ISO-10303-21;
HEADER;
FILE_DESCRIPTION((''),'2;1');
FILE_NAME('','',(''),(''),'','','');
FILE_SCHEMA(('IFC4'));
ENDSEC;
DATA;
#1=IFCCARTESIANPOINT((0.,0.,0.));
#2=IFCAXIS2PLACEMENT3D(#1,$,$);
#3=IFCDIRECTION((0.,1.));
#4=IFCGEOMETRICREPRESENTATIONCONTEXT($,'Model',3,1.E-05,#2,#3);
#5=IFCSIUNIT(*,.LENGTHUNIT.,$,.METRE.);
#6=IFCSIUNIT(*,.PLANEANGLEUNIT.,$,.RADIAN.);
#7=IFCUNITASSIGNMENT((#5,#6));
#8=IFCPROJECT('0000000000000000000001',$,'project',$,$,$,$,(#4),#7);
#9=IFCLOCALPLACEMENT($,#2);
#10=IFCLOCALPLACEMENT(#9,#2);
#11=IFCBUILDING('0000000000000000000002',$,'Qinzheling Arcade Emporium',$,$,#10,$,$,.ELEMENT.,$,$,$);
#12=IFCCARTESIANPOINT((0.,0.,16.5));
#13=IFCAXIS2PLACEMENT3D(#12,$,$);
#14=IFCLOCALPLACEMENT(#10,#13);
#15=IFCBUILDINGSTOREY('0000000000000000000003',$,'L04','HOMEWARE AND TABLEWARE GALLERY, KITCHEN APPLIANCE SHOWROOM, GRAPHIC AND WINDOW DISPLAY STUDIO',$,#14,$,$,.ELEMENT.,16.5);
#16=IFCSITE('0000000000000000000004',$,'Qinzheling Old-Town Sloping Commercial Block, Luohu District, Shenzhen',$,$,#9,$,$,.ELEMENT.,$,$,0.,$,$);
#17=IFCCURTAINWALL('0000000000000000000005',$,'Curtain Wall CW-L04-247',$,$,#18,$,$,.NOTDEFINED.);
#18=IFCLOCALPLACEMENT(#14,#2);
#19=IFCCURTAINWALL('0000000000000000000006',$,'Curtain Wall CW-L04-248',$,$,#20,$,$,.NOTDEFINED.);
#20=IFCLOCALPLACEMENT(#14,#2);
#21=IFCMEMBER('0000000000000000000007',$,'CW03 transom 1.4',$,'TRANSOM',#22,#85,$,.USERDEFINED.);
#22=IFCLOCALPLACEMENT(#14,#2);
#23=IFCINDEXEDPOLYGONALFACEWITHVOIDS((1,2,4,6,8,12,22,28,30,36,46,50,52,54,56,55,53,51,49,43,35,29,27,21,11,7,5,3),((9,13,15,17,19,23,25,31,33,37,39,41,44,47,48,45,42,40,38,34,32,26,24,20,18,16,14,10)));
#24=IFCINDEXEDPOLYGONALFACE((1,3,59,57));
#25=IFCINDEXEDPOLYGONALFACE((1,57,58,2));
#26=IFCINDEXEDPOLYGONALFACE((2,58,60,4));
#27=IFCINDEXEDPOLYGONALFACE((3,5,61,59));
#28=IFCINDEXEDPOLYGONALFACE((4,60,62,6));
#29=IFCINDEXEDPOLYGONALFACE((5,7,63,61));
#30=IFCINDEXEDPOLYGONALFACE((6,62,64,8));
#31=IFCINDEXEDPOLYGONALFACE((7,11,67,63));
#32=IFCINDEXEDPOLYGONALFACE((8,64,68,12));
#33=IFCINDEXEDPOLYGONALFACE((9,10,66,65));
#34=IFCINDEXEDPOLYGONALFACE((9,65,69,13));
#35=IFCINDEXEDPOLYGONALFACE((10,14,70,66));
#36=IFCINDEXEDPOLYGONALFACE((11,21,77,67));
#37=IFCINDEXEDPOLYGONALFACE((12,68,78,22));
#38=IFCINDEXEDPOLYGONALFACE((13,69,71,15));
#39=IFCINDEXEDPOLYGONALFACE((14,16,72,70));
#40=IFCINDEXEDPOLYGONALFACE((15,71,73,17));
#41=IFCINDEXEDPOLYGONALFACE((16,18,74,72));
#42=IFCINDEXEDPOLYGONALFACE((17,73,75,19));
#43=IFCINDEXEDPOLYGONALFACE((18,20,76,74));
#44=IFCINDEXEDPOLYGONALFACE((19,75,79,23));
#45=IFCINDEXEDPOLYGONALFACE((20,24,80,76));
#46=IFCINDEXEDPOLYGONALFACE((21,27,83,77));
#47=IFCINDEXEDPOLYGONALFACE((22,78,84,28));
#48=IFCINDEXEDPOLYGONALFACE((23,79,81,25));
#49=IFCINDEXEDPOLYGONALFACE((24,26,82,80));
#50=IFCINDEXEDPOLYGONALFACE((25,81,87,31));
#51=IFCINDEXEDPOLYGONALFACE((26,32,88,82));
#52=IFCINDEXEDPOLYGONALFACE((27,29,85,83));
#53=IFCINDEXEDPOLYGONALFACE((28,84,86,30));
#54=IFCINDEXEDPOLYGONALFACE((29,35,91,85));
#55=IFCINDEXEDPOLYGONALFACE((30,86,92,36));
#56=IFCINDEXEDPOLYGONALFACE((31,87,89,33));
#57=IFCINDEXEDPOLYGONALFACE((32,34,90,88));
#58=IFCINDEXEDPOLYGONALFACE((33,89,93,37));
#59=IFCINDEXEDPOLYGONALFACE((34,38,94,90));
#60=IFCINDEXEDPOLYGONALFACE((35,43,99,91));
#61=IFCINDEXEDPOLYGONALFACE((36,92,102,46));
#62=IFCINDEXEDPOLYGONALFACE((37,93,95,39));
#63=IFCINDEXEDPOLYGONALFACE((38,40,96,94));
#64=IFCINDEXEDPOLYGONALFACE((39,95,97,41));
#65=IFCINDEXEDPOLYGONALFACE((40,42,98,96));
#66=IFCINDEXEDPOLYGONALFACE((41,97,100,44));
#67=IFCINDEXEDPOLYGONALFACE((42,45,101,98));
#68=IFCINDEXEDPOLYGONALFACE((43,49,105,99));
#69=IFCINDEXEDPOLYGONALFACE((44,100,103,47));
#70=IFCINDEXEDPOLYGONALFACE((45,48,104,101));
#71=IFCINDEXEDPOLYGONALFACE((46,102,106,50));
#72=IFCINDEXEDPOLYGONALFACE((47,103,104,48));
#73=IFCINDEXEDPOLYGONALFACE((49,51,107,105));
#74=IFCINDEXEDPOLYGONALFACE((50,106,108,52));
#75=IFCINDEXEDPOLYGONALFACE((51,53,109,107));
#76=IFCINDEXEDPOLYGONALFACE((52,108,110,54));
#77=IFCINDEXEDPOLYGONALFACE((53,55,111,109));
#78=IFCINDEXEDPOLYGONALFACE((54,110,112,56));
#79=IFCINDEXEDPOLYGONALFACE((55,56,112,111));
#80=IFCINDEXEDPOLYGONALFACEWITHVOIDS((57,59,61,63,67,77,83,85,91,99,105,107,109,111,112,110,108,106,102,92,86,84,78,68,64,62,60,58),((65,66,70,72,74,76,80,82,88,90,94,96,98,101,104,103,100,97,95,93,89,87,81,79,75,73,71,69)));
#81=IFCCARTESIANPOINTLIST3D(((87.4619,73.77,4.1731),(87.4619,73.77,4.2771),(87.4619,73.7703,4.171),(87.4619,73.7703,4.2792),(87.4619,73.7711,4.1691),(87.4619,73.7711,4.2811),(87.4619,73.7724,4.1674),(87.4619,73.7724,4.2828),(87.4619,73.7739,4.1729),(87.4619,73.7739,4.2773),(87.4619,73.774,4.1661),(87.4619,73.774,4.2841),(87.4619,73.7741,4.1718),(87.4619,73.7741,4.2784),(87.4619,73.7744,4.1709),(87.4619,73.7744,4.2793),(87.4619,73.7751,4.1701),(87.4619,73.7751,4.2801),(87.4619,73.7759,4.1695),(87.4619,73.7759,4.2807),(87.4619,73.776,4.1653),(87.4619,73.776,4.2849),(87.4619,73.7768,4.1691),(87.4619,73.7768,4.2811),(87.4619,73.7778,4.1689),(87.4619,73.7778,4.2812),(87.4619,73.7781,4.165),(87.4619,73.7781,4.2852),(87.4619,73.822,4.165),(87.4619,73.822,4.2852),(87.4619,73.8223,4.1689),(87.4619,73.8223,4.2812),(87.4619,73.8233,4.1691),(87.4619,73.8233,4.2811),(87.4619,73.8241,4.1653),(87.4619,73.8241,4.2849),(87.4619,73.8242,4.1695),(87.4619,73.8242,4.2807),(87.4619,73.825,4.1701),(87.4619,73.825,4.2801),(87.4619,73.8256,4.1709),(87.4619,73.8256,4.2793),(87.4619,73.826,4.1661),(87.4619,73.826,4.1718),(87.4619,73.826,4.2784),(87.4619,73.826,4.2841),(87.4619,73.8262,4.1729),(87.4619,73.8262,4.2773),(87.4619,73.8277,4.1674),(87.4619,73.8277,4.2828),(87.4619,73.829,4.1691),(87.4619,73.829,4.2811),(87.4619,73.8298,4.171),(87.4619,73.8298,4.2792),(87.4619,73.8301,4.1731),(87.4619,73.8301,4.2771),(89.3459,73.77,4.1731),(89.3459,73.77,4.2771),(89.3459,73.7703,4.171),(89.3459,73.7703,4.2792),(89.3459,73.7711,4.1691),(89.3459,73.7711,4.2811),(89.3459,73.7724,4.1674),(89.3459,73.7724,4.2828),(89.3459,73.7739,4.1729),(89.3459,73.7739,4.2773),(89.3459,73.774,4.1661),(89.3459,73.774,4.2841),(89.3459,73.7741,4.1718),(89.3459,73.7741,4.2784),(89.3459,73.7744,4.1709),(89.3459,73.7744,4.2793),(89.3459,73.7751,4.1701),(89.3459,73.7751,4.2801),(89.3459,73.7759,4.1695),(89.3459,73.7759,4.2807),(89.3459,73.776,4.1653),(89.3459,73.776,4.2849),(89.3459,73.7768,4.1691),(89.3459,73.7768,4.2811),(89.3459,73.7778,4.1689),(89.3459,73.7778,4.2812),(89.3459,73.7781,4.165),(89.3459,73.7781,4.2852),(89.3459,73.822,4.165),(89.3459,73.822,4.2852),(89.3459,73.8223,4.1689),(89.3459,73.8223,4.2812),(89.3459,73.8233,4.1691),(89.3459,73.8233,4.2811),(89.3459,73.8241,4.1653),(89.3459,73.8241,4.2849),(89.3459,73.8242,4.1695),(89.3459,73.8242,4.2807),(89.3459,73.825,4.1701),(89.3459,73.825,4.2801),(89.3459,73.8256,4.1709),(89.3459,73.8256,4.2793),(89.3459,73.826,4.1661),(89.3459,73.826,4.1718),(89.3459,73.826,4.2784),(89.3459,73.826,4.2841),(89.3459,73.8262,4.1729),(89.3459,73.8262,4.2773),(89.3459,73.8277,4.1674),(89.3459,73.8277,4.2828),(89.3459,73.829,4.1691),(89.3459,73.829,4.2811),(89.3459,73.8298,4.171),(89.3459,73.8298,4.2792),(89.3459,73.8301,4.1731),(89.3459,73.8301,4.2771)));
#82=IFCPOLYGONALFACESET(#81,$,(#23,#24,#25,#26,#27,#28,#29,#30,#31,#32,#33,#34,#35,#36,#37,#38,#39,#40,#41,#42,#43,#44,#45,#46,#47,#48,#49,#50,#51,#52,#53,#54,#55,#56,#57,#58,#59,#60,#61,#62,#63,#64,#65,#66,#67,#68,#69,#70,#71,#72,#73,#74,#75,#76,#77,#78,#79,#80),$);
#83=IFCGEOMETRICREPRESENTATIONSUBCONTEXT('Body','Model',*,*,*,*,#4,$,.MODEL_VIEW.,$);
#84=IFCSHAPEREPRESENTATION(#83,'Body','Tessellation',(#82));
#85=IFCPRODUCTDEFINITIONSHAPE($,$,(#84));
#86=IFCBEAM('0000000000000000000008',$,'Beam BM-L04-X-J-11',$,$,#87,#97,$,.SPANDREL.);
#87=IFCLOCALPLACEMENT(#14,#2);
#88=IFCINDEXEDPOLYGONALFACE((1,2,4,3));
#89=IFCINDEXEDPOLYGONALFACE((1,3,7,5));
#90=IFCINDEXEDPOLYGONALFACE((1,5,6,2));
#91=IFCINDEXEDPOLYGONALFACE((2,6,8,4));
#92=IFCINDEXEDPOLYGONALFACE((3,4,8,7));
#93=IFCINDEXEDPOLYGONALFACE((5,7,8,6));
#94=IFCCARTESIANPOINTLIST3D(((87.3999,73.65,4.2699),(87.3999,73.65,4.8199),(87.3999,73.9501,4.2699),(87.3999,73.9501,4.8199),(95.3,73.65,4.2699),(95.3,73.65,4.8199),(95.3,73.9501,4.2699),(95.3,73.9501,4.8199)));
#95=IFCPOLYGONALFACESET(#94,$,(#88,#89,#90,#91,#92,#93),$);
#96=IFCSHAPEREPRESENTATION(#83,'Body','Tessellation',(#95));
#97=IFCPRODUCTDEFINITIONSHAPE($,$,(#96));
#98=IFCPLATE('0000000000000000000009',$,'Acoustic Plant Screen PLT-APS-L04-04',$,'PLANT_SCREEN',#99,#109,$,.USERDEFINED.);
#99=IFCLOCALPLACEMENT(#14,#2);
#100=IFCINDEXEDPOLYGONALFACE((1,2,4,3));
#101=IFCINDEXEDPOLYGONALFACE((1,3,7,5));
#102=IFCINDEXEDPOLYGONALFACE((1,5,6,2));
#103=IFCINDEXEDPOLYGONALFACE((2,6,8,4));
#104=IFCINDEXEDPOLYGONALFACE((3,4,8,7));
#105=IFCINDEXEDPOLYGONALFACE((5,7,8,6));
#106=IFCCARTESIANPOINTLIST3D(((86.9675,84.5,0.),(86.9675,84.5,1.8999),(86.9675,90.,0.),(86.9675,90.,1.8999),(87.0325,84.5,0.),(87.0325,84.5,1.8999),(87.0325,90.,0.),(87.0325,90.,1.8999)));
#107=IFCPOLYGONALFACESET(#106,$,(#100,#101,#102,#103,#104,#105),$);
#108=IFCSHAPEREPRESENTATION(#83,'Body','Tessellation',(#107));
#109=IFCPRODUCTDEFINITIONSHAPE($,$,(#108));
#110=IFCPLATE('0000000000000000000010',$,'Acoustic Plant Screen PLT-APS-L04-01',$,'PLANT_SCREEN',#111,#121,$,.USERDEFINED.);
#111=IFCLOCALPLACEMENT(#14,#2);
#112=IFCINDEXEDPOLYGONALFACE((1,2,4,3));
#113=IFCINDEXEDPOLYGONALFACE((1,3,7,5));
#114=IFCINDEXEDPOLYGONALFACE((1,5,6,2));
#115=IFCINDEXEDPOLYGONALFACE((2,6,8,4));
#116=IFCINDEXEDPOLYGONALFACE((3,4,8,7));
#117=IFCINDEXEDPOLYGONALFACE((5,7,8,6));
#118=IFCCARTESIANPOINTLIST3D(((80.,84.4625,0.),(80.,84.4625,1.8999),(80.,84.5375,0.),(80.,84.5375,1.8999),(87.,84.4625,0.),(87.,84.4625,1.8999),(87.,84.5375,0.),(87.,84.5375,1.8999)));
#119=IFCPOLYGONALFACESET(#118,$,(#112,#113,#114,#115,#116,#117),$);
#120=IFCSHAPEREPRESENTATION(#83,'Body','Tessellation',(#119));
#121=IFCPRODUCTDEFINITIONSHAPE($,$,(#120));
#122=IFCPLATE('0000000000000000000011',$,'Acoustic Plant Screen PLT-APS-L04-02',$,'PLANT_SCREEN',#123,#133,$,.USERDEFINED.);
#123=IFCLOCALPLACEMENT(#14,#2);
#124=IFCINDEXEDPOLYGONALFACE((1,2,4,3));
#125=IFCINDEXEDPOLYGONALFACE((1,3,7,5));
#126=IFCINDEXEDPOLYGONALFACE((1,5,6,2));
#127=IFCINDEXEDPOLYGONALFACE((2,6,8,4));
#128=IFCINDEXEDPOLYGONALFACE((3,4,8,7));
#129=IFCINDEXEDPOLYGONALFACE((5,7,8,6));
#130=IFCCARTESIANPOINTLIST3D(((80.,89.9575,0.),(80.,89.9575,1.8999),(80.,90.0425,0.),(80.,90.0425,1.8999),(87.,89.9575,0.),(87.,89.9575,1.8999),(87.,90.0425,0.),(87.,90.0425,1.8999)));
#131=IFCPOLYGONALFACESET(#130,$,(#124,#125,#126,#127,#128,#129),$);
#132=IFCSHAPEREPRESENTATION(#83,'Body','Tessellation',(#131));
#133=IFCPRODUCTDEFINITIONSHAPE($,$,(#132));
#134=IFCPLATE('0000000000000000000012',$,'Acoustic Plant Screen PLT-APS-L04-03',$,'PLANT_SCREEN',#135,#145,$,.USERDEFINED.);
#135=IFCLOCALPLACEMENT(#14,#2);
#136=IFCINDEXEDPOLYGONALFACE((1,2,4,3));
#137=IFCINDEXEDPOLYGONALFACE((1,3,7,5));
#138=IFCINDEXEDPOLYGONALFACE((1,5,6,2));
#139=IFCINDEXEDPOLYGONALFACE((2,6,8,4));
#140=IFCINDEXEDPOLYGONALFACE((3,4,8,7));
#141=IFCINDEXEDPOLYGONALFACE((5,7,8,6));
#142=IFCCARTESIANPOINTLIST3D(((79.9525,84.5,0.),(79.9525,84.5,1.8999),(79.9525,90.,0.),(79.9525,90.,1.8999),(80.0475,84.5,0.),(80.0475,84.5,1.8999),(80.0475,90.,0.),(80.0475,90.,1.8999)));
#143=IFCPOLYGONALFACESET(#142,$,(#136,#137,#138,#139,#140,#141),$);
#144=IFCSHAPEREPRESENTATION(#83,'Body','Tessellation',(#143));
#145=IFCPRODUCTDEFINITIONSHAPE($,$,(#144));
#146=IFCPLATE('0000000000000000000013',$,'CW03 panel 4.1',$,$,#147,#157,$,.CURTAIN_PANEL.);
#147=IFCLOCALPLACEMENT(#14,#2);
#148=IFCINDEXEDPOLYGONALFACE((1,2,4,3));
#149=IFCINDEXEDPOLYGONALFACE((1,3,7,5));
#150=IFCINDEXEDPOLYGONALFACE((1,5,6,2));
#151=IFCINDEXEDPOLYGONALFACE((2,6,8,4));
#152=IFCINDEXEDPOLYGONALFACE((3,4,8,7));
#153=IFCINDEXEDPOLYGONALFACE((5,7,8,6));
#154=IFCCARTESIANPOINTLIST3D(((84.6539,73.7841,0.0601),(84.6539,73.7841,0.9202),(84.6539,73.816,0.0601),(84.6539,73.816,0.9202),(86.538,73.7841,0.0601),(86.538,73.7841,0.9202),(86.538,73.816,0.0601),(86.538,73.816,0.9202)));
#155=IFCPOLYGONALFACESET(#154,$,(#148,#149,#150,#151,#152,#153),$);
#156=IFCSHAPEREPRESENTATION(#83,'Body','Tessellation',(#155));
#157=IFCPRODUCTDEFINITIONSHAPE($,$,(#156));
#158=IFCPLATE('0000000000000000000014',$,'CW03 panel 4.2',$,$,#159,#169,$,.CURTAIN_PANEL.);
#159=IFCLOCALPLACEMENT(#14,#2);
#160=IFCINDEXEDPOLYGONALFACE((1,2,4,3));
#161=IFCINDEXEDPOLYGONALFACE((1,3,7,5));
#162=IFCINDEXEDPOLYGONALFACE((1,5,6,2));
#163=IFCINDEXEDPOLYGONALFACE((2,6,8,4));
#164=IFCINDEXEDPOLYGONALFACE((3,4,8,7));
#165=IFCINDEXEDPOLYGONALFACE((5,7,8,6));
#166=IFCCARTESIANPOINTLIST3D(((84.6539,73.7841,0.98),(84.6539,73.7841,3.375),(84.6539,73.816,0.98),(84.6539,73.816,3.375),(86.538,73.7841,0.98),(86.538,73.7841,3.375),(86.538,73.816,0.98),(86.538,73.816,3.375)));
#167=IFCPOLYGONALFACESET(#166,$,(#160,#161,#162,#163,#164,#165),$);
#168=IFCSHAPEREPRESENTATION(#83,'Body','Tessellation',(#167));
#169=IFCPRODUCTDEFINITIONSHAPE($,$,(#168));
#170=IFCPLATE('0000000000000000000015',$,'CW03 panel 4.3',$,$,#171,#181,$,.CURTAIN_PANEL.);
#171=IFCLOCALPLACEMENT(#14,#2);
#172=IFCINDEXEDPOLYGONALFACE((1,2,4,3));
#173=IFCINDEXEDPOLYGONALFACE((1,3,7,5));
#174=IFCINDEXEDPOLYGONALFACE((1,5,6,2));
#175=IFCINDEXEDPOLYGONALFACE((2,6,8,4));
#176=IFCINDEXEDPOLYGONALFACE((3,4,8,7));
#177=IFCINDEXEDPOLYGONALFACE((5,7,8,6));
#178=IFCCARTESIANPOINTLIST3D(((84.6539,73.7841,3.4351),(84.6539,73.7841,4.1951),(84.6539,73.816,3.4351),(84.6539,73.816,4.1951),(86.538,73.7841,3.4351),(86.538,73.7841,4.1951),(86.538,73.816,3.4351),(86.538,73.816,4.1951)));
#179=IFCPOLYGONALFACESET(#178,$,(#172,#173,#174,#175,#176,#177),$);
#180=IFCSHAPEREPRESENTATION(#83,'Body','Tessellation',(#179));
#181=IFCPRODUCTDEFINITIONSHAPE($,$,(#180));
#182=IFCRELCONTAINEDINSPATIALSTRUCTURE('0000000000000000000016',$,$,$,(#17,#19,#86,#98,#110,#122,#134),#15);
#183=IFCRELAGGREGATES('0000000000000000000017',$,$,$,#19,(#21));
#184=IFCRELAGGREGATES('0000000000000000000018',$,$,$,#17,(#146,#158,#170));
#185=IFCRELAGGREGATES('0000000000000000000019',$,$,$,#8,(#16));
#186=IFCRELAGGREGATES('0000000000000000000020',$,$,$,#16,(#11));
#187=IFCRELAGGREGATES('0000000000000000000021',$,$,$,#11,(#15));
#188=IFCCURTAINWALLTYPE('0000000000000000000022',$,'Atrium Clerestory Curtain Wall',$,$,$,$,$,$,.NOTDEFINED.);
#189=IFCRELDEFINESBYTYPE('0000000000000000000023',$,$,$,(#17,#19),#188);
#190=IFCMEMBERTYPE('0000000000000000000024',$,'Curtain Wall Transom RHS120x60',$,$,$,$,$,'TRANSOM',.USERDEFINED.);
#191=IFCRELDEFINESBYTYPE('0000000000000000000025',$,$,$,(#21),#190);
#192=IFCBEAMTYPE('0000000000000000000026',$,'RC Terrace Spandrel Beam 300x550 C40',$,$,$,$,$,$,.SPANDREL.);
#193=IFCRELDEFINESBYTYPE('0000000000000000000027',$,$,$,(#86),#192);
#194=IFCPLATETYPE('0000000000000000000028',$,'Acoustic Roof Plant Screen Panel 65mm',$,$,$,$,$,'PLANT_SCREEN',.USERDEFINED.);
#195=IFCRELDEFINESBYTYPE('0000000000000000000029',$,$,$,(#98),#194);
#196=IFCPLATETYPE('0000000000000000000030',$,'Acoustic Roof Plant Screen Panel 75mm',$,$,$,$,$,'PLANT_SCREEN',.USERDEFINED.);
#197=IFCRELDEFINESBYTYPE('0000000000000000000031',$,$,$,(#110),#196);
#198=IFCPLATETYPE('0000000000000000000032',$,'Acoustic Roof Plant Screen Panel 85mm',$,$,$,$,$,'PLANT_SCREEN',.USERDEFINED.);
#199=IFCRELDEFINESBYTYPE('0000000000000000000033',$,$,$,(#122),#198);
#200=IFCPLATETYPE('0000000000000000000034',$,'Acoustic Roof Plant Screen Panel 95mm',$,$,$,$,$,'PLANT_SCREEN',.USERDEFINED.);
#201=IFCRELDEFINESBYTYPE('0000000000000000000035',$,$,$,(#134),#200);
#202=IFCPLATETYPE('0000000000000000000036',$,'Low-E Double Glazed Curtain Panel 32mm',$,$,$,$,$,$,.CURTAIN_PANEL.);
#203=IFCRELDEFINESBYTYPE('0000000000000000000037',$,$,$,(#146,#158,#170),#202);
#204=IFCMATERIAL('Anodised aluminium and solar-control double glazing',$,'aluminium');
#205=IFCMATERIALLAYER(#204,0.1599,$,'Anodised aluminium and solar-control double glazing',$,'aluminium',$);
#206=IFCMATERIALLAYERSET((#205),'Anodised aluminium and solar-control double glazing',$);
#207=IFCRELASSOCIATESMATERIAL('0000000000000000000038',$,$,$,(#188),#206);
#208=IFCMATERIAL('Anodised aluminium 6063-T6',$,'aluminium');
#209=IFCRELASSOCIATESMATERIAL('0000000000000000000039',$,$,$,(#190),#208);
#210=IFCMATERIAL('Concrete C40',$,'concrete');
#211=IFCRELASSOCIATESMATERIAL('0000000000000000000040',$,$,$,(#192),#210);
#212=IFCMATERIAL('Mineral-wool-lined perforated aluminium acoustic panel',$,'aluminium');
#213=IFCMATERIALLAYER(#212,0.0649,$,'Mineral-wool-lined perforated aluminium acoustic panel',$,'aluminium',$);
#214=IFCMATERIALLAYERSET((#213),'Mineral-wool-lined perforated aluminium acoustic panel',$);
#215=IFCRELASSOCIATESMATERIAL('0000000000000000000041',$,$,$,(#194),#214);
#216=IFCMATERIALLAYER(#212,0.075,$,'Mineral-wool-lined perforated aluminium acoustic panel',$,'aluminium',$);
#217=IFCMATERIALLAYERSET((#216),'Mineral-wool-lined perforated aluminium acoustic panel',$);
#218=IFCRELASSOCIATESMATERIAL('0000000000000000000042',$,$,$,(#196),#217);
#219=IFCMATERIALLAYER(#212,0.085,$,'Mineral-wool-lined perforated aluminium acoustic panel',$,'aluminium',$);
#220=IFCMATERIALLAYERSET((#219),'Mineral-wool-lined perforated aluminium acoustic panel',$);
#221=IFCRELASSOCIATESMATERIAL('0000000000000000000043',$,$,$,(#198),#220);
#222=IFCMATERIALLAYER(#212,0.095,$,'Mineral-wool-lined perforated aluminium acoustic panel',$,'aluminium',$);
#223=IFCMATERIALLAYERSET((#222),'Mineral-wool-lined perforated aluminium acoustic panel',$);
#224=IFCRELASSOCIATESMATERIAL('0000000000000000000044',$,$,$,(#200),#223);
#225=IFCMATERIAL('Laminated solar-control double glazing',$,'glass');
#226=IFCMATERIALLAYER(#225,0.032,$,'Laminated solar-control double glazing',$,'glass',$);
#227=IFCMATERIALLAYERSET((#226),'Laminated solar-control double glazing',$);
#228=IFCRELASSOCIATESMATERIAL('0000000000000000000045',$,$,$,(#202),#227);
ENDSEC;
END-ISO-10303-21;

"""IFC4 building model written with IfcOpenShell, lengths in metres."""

from ifc_helpers import new_model, si_unit, direction, frame, origin, origin_2d, place, context, subcontext, project, spatial, rectangle, hollow_rectangle, extrude, material, layer, layer_set, material_profile, profile_set, type_object, element, aggregate, save


model = new_model("IFC4")

# Units and contexts
model_context = context("Model", 3, precision=1e-05, world=origin(), true_north=direction((0.0, 1.0)))
body_context = subcontext(model_context, "Body", "Model", "MODEL_VIEW")
ifc_project = project(units=[si_unit("LENGTHUNIT", "METRE"), si_unit("PLANEANGLEUNIT", "RADIAN")], contexts=[model_context])

# Site, building, storey
site_placement = place(None, origin())
site = spatial("IfcSite", under=ifc_project, at=site_placement, Name="Qinzheling Old-Town Sloping Commercial Block, Luohu District, Shenzhen", CompositionType="ELEMENT", RefElevation=0.0)
building_placement = place(site_placement, origin())
building = spatial("IfcBuilding", under=site, at=building_placement, Name="Qinzheling Arcade Emporium", CompositionType="ELEMENT")
storey_placement = place(building_placement, frame((0.0, 0.0, 16.5)))
storey = spatial("IfcBuildingStorey", under=building, at=storey_placement, Name="L04", Description="HOMEWARE AND TABLEWARE GALLERY, KITCHEN APPLIANCE SHOWROOM, GRAPHIC AND WINDOW DISPLAY STUDIO", CompositionType="ELEMENT", Elevation=16.5)

# Shared definitions
ifc_material_1 = material(Name="Concrete C40", Category="concrete")

# Curtain walls
ifc_material_2 = material(Name="Anodised aluminium and solar-control double glazing", Category="aluminium")
ifc_layer_1 = layer(ifc_material_2, 0.1599, Name="Anodised aluminium and solar-control double glazing", Category="aluminium")
ifc_layer_set_1 = layer_set([ifc_layer_1], Name="Anodised aluminium and solar-control double glazing")
curtain_wall_type = type_object("IfcCurtainWallType", Name="Atrium Clerestory Curtain Wall", PredefinedType="NOTDEFINED", material=ifc_layer_set_1)
curtain_wall_1_placement = place(storey_placement, origin())
curtain_wall_1 = element("IfcCurtainWall", 1, at=curtain_wall_1_placement, inside=storey, type_object=curtain_wall_type, Name="Curtain Wall CW-L04-247", PredefinedType="NOTDEFINED")
ifc_material_3 = material(Name="Anodised aluminium 6063-T6", Category="aluminium")
curtain_wall_2_placement = place(storey_placement, origin())
curtain_wall_2 = element("IfcCurtainWall", 2, at=curtain_wall_2_placement, inside=storey, type_object=curtain_wall_type, Name="Curtain Wall CW-L04-248", PredefinedType="NOTDEFINED")

# Member
ifc_material_profile_1 = material_profile(ifc_material_3, hollow_rectangle(XDim=0.0601, YDim=0.1201, WallThickness=0.0039, InnerFilletRadius=0.0039, OuterFilletRadius=0.0081, at=origin_2d()), Name="RHS 120x60x4", Category="aluminium")
ifc_profile_set_1 = profile_set([ifc_material_profile_1], Name="Anodised aluminium 6063-T6")
member_type_1 = type_object("IfcMemberType", Name="Curtain Wall Transom RHS120x60", ElementType="TRANSOM", PredefinedType="USERDEFINED", material=ifc_profile_set_1)
member_1_placement = place(storey_placement, frame((87.4619, 73.8, 4.2251), z_axis=(1.0, 0.0, 0.0), x_axis=(0.0, 1.0, 0.0)))
member_1 = element("IfcMember", 3, at=member_1_placement, type_object=member_type_1, Name="CW03 transom 1.4", ObjectType="TRANSOM", PredefinedType="USERDEFINED", context=body_context, shape_type="SweptSolid", body=[
    extrude(hollow_rectangle(XDim=0.0601, YDim=0.1201, WallThickness=0.0039, InnerFilletRadius=0.0039, OuterFilletRadius=0.0081, at=origin_2d()), origin(), (0.0, 0.0, 1.0), 1.884),
])
aggregate(curtain_wall_2, [member_1])

# Beam
ifc_material_profile_2 = material_profile(ifc_material_1, rectangle(XDim=0.3, YDim=0.55, at=origin_2d()), Name="RC 300x550", Category="concrete")
ifc_profile_set_2 = profile_set([ifc_material_profile_2], Name="Concrete C40")
beam_type = type_object("IfcBeamType", Name="RC Terrace Spandrel Beam 300x550 C40", PredefinedType="SPANDREL", material=ifc_profile_set_2)
beam_placement = place(storey_placement, frame((87.3999, 73.8, 4.5449), z_axis=(1.0, 0.0, 0.0), x_axis=(0.0, 1.0, 0.0)))
element("IfcBeam", 4, at=beam_placement, inside=storey, type_object=beam_type, Name="Beam BM-L04-X-J-11", PredefinedType="SPANDREL", context=body_context, shape_type="SweptSolid", body=[
    extrude(rectangle(XDim=0.3, YDim=0.55, at=origin_2d()), origin(), (0.0, 0.0, 1.0), 7.9001),
])

# Plates
ifc_material_4 = material(Name="Mineral-wool-lined perforated aluminium acoustic panel", Category="aluminium")
ifc_layer_2 = layer(ifc_material_4, 0.0649, Name="Mineral-wool-lined perforated aluminium acoustic panel", Category="aluminium")
ifc_layer_set_2 = layer_set([ifc_layer_2], Name="Mineral-wool-lined perforated aluminium acoustic panel")
plate_type_1 = type_object("IfcPlateType", Name="Acoustic Roof Plant Screen Panel 65mm", ElementType="PLANT_SCREEN", PredefinedType="USERDEFINED", material=ifc_layer_set_2)
plate_1_placement = place(storey_placement, frame((87.0, 87.25, 0.0), z_axis=(0.0, 0.0, 1.0), x_axis=(0.0, 1.0, 0.0)))
element("IfcPlate", 5, at=plate_1_placement, inside=storey, type_object=plate_type_1, Name="Acoustic Plant Screen PLT-APS-L04-04", ObjectType="PLANT_SCREEN", PredefinedType="USERDEFINED", context=body_context, shape_type="SweptSolid", body=[
    extrude(rectangle(XDim=5.5, YDim=0.0649, at=origin_2d()), origin(), (0.0, 0.0, 1.0), 1.8999),
])
ifc_layer_3 = layer(ifc_material_4, 0.075, Name="Mineral-wool-lined perforated aluminium acoustic panel", Category="aluminium")
ifc_layer_set_3 = layer_set([ifc_layer_3], Name="Mineral-wool-lined perforated aluminium acoustic panel")
plate_type_2 = type_object("IfcPlateType", Name="Acoustic Roof Plant Screen Panel 75mm", ElementType="PLANT_SCREEN", PredefinedType="USERDEFINED", material=ifc_layer_set_3)
plate_2_placement = place(storey_placement, frame((83.5, 84.5, 0.0), z_axis=(0.0, 0.0, 1.0), x_axis=(1.0, 0.0, 0.0)))
element("IfcPlate", 6, at=plate_2_placement, inside=storey, type_object=plate_type_2, Name="Acoustic Plant Screen PLT-APS-L04-01", ObjectType="PLANT_SCREEN", PredefinedType="USERDEFINED", context=body_context, shape_type="SweptSolid", body=[
    extrude(rectangle(XDim=7.0, YDim=0.075, at=origin_2d()), origin(), (0.0, 0.0, 1.0), 1.8999),
])
ifc_layer_4 = layer(ifc_material_4, 0.085, Name="Mineral-wool-lined perforated aluminium acoustic panel", Category="aluminium")
ifc_layer_set_4 = layer_set([ifc_layer_4], Name="Mineral-wool-lined perforated aluminium acoustic panel")
plate_type_3 = type_object("IfcPlateType", Name="Acoustic Roof Plant Screen Panel 85mm", ElementType="PLANT_SCREEN", PredefinedType="USERDEFINED", material=ifc_layer_set_4)
plate_3_placement = place(storey_placement, frame((83.5, 90.0, 0.0), z_axis=(0.0, 0.0, 1.0), x_axis=(1.0, 0.0, 0.0)))
element("IfcPlate", 7, at=plate_3_placement, inside=storey, type_object=plate_type_3, Name="Acoustic Plant Screen PLT-APS-L04-02", ObjectType="PLANT_SCREEN", PredefinedType="USERDEFINED", context=body_context, shape_type="SweptSolid", body=[
    extrude(rectangle(XDim=7.0, YDim=0.085, at=origin_2d()), origin(), (0.0, 0.0, 1.0), 1.8999),
])
ifc_layer_5 = layer(ifc_material_4, 0.095, Name="Mineral-wool-lined perforated aluminium acoustic panel", Category="aluminium")
ifc_layer_set_5 = layer_set([ifc_layer_5], Name="Mineral-wool-lined perforated aluminium acoustic panel")
plate_type_4 = type_object("IfcPlateType", Name="Acoustic Roof Plant Screen Panel 95mm", ElementType="PLANT_SCREEN", PredefinedType="USERDEFINED", material=ifc_layer_set_5)
plate_4_placement = place(storey_placement, frame((80.0, 87.25, 0.0), z_axis=(0.0, 0.0, 1.0), x_axis=(0.0, 1.0, 0.0)))
element("IfcPlate", 8, at=plate_4_placement, inside=storey, type_object=plate_type_4, Name="Acoustic Plant Screen PLT-APS-L04-03", ObjectType="PLANT_SCREEN", PredefinedType="USERDEFINED", context=body_context, shape_type="SweptSolid", body=[
    extrude(rectangle(XDim=5.5, YDim=0.095, at=origin_2d()), origin(), (0.0, 0.0, 1.0), 1.8999),
])

# Plates
ifc_material_5 = material(Name="Laminated solar-control double glazing", Category="glass")
ifc_layer_6 = layer(ifc_material_5, 0.032, Name="Laminated solar-control double glazing", Category="glass")
ifc_layer_set_6 = layer_set([ifc_layer_6], Name="Laminated solar-control double glazing")
plate_type_5 = type_object("IfcPlateType", Name="Low-E Double Glazed Curtain Panel 32mm", PredefinedType="CURTAIN_PANEL", material=ifc_layer_set_6)
plate_5_placement = place(storey_placement, frame((85.5959, 73.8, 0.0601), z_axis=(0.0, 0.0, 1.0), x_axis=(1.0, 0.0, 0.0)))
plate_5 = element("IfcPlate", 9, at=plate_5_placement, type_object=plate_type_5, Name="CW03 panel 4.1", PredefinedType="CURTAIN_PANEL", context=body_context, shape_type="SweptSolid", body=[
    extrude(rectangle(XDim=1.884, YDim=0.032, at=origin_2d()), origin(), (0.0, 0.0, 1.0), 0.8601),
])
plate_6_placement = place(storey_placement, frame((85.5959, 73.8, 0.98), z_axis=(0.0, 0.0, 1.0), x_axis=(1.0, 0.0, 0.0)))
plate_6 = element("IfcPlate", 10, at=plate_6_placement, type_object=plate_type_5, Name="CW03 panel 4.2", PredefinedType="CURTAIN_PANEL", context=body_context, shape_type="SweptSolid", body=[
    extrude(rectangle(XDim=1.884, YDim=0.032, at=origin_2d()), origin(), (0.0, 0.0, 1.0), 2.395),
])
plate_7_placement = place(storey_placement, frame((85.5959, 73.8, 3.4351), z_axis=(0.0, 0.0, 1.0), x_axis=(1.0, 0.0, 0.0)))
plate_7 = element("IfcPlate", 11, at=plate_7_placement, type_object=plate_type_5, Name="CW03 panel 4.3", PredefinedType="CURTAIN_PANEL", context=body_context, shape_type="SweptSolid", body=[
    extrude(rectangle(XDim=1.884, YDim=0.032, at=origin_2d()), origin(), (0.0, 0.0, 1.0), 0.76),
])
aggregate(curtain_wall_1, [plate_5, plate_6, plate_7])

save(model, "model.ifc")
